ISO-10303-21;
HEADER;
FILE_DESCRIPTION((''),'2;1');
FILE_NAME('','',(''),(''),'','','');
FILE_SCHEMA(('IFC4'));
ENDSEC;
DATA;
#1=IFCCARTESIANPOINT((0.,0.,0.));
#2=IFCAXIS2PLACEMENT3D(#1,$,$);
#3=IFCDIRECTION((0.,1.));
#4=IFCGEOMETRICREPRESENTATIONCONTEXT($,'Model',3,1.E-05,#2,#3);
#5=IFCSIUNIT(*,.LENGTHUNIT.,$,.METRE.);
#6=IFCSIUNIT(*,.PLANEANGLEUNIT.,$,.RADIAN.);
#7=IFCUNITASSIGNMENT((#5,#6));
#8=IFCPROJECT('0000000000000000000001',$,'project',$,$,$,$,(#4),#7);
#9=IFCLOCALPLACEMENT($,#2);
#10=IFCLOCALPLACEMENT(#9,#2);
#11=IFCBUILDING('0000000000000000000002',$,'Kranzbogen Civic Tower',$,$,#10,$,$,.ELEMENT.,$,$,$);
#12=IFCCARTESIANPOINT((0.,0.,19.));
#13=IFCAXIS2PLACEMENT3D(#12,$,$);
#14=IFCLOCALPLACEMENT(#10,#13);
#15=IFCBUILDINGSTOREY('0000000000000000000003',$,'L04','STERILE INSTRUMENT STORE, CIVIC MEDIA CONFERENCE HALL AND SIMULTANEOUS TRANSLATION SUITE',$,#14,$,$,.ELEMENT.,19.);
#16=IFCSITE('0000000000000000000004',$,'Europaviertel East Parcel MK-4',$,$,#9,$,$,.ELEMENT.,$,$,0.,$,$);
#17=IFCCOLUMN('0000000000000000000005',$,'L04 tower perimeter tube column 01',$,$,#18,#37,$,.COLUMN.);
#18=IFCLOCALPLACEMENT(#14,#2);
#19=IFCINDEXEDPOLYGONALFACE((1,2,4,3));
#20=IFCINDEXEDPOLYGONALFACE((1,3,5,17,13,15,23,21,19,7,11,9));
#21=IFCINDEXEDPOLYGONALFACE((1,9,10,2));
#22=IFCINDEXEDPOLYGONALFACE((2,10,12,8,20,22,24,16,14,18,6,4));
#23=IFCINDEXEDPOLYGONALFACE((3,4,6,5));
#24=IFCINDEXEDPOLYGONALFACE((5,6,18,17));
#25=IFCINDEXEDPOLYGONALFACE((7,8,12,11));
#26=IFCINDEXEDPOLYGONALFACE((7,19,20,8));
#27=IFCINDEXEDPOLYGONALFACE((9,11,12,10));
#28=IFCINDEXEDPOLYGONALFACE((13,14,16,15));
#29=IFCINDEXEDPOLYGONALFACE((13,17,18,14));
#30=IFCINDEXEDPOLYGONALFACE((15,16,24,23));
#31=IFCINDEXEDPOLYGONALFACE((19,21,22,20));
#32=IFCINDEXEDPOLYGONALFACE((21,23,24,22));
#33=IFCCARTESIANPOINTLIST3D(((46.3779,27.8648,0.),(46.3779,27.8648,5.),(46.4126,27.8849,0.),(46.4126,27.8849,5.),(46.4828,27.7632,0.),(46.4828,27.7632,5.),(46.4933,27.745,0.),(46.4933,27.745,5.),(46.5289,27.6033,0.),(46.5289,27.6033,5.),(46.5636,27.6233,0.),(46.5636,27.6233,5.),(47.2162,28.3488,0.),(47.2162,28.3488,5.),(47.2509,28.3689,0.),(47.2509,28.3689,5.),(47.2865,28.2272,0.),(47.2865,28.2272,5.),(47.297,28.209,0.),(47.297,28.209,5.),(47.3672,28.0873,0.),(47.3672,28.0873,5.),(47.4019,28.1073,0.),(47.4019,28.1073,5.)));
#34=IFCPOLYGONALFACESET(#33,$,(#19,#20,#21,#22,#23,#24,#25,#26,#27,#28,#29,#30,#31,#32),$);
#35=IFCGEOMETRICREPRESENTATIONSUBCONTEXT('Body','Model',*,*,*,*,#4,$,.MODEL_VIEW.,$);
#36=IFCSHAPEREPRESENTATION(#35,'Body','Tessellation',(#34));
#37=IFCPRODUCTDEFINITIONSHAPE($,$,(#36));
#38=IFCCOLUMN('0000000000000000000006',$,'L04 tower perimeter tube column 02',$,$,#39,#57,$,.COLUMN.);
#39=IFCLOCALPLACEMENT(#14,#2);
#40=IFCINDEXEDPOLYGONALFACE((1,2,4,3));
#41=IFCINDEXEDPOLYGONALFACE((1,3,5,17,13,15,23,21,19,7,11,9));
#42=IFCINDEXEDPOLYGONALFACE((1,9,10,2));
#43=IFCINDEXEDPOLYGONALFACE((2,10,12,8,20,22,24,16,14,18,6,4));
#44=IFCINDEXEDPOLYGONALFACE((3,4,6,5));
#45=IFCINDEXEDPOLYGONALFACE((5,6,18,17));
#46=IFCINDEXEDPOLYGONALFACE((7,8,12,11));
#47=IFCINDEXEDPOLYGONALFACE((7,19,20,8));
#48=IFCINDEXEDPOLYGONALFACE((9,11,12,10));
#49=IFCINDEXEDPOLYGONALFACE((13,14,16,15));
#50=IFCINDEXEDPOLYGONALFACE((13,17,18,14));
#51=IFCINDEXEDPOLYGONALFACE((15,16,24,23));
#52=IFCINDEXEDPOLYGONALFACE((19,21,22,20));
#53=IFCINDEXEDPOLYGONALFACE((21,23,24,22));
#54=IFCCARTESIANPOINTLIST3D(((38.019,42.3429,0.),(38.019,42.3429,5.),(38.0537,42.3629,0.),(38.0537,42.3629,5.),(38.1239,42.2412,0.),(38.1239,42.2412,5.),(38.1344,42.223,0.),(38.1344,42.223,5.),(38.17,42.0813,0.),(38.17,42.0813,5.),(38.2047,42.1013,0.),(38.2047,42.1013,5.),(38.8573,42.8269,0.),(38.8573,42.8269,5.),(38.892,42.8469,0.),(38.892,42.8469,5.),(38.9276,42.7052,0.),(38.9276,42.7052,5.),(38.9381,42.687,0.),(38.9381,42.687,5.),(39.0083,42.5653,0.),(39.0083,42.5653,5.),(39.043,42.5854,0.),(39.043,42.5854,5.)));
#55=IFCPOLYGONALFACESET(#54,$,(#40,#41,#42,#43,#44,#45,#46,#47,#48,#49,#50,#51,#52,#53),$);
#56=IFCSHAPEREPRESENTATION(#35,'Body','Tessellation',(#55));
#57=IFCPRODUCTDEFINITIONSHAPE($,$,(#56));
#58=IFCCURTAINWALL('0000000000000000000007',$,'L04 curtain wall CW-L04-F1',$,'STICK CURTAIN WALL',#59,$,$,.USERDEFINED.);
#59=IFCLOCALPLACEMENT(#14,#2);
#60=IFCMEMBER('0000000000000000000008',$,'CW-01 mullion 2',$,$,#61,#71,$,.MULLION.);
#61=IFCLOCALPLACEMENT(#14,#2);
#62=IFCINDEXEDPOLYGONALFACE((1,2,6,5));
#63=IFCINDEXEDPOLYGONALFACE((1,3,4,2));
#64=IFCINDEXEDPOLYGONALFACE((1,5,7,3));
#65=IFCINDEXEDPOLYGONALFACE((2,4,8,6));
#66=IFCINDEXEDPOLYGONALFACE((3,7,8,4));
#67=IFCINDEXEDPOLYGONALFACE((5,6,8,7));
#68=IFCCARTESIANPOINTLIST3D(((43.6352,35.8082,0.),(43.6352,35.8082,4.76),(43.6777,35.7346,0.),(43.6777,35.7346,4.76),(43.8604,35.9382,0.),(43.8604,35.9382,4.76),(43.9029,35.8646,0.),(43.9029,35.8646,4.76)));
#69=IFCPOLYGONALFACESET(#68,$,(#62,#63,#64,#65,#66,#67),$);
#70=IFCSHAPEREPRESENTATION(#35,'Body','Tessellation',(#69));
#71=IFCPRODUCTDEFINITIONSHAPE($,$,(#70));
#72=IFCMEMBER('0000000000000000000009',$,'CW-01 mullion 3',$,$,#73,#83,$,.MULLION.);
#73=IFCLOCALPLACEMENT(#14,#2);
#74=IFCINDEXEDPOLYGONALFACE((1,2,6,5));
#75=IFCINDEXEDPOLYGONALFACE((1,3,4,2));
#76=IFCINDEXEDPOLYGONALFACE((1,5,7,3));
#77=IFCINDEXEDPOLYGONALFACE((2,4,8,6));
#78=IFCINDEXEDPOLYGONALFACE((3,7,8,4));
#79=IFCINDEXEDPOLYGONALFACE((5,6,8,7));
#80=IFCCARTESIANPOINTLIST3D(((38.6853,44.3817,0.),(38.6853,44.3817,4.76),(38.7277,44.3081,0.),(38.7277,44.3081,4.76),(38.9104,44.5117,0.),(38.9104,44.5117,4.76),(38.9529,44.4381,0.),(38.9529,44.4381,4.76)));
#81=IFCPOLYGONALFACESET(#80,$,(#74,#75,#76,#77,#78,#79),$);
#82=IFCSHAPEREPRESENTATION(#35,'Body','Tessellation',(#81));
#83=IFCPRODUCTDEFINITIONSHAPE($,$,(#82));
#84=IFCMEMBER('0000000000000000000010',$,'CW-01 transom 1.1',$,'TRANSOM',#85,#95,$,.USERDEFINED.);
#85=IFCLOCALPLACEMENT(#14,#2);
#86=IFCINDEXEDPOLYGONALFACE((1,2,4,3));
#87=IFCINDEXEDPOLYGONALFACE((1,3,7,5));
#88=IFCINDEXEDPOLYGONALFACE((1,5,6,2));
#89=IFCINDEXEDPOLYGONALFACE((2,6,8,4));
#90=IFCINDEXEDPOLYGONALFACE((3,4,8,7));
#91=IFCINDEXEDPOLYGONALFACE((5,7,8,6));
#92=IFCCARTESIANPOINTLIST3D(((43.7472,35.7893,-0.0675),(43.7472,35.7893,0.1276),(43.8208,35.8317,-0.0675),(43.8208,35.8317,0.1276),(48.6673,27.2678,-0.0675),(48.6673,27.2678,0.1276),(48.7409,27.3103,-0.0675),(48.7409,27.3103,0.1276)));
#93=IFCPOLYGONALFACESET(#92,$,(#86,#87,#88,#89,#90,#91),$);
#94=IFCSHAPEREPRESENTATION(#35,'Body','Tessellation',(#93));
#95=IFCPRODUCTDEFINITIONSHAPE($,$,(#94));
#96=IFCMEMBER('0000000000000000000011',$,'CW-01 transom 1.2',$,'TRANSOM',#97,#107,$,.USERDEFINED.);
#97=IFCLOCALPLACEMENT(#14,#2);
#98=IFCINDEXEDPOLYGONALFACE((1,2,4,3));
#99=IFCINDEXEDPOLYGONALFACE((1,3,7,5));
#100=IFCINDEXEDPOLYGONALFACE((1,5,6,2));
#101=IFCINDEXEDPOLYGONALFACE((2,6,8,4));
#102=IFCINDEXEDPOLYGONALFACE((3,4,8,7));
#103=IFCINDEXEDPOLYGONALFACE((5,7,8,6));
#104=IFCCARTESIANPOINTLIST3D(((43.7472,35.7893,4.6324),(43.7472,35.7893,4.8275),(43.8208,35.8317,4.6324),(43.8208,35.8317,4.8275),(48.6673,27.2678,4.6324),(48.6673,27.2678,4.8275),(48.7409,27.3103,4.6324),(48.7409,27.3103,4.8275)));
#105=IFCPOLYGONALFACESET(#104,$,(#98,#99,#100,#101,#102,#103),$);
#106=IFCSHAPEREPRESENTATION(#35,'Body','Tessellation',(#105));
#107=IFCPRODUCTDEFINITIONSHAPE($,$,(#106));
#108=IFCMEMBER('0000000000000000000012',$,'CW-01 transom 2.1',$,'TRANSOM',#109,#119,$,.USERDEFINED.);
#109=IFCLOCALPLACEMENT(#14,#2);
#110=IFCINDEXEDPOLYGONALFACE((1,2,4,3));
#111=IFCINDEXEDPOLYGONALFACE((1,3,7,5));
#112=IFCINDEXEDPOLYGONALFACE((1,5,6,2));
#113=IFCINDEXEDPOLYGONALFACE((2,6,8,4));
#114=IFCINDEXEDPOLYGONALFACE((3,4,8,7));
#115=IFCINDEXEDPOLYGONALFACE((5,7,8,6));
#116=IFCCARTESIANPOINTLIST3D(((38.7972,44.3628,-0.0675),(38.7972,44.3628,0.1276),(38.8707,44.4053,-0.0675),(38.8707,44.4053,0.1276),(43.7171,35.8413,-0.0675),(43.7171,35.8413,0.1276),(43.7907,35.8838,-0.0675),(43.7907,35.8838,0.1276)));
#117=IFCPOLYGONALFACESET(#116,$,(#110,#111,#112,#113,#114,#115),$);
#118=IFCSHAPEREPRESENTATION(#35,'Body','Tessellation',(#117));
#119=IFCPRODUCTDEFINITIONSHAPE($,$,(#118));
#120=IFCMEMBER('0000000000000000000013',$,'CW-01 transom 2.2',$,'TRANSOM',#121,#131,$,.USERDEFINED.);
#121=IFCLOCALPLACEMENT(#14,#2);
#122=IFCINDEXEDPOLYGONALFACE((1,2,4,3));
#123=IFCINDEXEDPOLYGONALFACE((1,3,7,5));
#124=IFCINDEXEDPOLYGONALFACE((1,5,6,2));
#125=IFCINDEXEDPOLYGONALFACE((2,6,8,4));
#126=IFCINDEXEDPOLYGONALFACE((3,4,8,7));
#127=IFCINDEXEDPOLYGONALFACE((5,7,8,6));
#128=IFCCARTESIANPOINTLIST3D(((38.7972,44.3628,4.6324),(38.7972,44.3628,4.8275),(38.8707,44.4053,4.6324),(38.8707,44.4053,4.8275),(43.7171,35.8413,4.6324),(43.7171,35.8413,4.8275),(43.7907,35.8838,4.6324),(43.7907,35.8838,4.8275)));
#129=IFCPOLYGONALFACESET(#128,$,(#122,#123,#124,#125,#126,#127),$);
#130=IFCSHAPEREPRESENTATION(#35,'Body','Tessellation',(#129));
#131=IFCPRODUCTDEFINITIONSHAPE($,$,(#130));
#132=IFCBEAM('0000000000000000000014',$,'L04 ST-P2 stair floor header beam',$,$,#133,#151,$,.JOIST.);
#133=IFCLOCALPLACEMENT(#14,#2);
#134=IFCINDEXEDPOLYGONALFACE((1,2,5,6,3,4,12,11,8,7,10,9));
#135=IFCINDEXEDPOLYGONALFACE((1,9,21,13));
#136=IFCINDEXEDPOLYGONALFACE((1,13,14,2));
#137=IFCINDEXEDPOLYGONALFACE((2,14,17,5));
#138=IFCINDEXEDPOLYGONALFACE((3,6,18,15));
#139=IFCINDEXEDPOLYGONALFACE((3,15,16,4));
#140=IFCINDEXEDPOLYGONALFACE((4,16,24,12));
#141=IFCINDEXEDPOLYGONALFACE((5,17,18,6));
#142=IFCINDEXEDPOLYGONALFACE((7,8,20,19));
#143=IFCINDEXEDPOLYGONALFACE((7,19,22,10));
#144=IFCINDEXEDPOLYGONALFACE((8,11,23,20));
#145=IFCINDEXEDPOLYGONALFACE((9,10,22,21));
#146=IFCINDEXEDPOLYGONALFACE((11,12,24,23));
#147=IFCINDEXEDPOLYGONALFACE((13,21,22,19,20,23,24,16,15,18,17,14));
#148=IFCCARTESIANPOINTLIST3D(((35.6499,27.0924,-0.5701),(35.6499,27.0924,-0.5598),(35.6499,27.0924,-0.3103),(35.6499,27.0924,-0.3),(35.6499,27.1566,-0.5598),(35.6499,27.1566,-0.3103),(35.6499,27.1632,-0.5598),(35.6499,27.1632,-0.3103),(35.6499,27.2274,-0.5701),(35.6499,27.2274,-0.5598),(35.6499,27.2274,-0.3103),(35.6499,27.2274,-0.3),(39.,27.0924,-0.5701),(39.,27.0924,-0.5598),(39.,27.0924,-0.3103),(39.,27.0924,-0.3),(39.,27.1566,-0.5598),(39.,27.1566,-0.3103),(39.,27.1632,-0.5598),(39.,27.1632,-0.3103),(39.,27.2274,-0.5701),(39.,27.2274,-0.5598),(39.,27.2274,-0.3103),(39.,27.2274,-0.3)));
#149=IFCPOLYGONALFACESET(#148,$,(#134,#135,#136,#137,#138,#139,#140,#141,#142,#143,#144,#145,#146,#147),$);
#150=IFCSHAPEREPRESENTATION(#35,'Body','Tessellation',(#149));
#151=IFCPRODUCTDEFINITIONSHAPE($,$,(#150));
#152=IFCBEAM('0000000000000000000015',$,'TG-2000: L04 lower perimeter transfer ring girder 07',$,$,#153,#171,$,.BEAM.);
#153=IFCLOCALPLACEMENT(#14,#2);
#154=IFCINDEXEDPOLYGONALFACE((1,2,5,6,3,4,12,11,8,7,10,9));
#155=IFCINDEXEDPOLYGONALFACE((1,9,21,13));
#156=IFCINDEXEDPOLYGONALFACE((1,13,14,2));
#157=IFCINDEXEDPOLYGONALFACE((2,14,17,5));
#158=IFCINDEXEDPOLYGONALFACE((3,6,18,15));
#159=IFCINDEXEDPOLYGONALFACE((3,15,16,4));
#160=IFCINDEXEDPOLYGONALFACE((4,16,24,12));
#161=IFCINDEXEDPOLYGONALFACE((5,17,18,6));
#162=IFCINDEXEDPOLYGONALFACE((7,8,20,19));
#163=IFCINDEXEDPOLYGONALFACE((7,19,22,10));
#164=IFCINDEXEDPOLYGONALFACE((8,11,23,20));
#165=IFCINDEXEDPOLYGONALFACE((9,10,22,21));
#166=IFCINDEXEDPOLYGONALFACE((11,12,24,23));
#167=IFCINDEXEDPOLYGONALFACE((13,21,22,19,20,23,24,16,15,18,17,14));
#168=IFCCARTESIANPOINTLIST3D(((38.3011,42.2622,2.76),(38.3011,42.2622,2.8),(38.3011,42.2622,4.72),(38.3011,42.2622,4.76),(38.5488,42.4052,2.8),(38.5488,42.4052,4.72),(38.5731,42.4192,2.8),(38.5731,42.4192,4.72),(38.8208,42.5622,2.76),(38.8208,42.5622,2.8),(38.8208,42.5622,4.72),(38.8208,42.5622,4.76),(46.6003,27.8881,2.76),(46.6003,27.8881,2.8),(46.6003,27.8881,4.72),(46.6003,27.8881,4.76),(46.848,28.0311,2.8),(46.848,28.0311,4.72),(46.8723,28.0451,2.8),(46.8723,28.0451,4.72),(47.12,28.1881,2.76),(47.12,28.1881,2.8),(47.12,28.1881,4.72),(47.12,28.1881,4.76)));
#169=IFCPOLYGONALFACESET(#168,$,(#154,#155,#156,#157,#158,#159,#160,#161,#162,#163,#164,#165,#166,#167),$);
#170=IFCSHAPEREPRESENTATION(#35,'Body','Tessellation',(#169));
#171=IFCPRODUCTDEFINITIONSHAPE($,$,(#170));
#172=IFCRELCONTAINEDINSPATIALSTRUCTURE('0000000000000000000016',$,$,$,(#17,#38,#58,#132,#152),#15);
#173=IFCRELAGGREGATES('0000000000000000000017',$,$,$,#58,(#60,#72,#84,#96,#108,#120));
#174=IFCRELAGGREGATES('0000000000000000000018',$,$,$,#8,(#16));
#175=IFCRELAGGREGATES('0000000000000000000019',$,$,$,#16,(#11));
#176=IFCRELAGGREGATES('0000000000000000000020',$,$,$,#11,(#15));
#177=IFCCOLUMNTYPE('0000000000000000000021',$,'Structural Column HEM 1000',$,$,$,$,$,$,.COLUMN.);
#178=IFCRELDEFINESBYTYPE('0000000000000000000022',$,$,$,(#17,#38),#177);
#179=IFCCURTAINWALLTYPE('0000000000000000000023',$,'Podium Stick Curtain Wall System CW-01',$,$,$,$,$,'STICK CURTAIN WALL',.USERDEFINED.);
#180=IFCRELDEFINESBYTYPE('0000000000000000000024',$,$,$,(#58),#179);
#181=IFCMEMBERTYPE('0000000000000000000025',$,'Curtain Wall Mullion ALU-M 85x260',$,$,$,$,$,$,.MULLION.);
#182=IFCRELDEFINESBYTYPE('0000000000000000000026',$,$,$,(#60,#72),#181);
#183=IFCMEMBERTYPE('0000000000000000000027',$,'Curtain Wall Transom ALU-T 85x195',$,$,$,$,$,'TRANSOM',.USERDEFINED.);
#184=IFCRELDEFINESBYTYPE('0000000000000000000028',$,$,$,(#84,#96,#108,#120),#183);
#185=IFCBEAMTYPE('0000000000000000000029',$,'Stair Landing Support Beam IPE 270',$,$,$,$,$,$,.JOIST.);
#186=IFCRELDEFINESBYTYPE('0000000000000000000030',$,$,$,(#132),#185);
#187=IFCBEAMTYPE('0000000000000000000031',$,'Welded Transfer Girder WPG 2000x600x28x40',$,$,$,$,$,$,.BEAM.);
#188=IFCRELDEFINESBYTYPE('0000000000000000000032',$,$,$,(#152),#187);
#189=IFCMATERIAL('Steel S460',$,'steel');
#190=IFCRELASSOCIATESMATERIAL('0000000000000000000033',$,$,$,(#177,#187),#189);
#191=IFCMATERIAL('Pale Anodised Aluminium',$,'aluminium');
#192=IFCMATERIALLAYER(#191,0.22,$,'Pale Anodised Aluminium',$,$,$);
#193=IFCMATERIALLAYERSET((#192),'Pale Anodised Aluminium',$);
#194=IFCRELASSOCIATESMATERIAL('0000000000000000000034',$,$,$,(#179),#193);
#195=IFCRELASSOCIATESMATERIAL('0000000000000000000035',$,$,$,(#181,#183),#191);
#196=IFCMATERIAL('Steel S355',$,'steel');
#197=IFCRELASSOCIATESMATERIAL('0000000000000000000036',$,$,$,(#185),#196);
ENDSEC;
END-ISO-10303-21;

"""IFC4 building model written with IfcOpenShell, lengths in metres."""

from ifc_helpers import new_model, si_unit, direction, frame, origin, origin_2d, place, context, subcontext, project, spatial, rectangle, i_section, extrude, material, layer, layer_set, material_profile, profile_set, type_object, element, aggregate, save


model = new_model("IFC4")

# Units and contexts
model_context = context("Model", 3, precision=1e-05, world=origin(), true_north=direction((0.0, 1.0)))
body_context = subcontext(model_context, "Body", "Model", "MODEL_VIEW")
ifc_project = project(units=[si_unit("LENGTHUNIT", "METRE"), si_unit("PLANEANGLEUNIT", "RADIAN")], contexts=[model_context])

# Site, building, storey
site_placement = place(None, origin())
site = spatial("IfcSite", under=ifc_project, at=site_placement, Name="Europaviertel East Parcel MK-4", CompositionType="ELEMENT", RefElevation=0.0)
building_placement = place(site_placement, origin())
building = spatial("IfcBuilding", under=site, at=building_placement, Name="Kranzbogen Civic Tower", CompositionType="ELEMENT")
storey_placement = place(building_placement, frame((0.0, 0.0, 19.0)))
storey = spatial("IfcBuildingStorey", under=building, at=storey_placement, Name="L04", Description="STERILE INSTRUMENT STORE, CIVIC MEDIA CONFERENCE HALL AND SIMULTANEOUS TRANSLATION SUITE", CompositionType="ELEMENT", Elevation=19.0)

# Columns
ifc_material_1 = material(Name="Steel S460", Category="steel")
ifc_material_profile_1 = material_profile(ifc_material_1, i_section(OverallWidth=0.302, OverallDepth=1.0081, WebThickness=0.021, FlangeThickness=0.04, at=origin_2d()), Name="HEM 1000")
ifc_profile_set_1 = profile_set([ifc_material_profile_1], Name="Steel S460")
column_type = type_object("IfcColumnType", Name="Structural Column HEM 1000", PredefinedType="COLUMN", material=ifc_profile_set_1)
for number, where, z_axis, x_axis, name in (
    (1, (46.8899, 27.9861, 0.0), (0.0, 0.0, 1.0), (-0.5, 0.866025, 0.0), "L04 tower perimeter tube column 01"),
    (2, (38.531, 42.4641, 0.0), (0.0, 0.0, 1.0), (-0.5, 0.866025, 0.0), "L04 tower perimeter tube column 02"),
):
    element("IfcColumn", number, at=place(storey_placement, frame(where, z_axis=z_axis, x_axis=x_axis)), inside=storey, type_object=column_type, Name=name, PredefinedType="COLUMN", context=body_context, shape_type="SweptSolid", body=[
        extrude(i_section(OverallWidth=0.302, OverallDepth=1.0081, WebThickness=0.021, FlangeThickness=0.04, at=origin_2d()), origin(), (0.0, 0.0, 1.0), 5.0),
    ])

# Curtain wall, members
ifc_material_2 = material(Name="Pale Anodised Aluminium", Category="aluminium")
ifc_layer_1 = layer(ifc_material_2, 0.22, Name="Pale Anodised Aluminium")
ifc_layer_set_1 = layer_set([ifc_layer_1], Name="Pale Anodised Aluminium")
curtain_wall_type = type_object("IfcCurtainWallType", Name="Podium Stick Curtain Wall System CW-01", ElementType="STICK CURTAIN WALL", PredefinedType="USERDEFINED", material=ifc_layer_set_1)
curtain_wall_placement = place(storey_placement, origin())
curtain_wall = element("IfcCurtainWall", 3, at=curtain_wall_placement, inside=storey, type_object=curtain_wall_type, Name="L04 curtain wall CW-L04-F1", ObjectType="STICK CURTAIN WALL", PredefinedType="USERDEFINED")
ifc_material_profile_2 = material_profile(ifc_material_2, rectangle(XDim=0.085, YDim=0.26, at=origin_2d()), Name="ALU-M 85x260")
ifc_profile_set_2 = profile_set([ifc_material_profile_2], Name="Pale Anodised Aluminium")
member_type_1 = type_object("IfcMemberType", Name="Curtain Wall Mullion ALU-M 85x260", PredefinedType="MULLION", material=ifc_profile_set_2)
member_1_placement = place(storey_placement, frame((43.769, 35.8364, 0.0), z_axis=(0.0, 0.0, 1.0), x_axis=(-0.500006, 0.866022, 0.0)))
member_1 = element("IfcMember", 4, at=member_1_placement, type_object=member_type_1, Name="CW-01 mullion 2", PredefinedType="MULLION", context=body_context, shape_type="SweptSolid", body=[
    extrude(rectangle(XDim=0.085, YDim=0.26, at=origin_2d()), origin(), (0.0, 0.0, 1.0), 4.76),
])
member_2_placement = place(storey_placement, frame((38.8191, 44.4099, 0.0), z_axis=(0.0, 0.0, 1.0), x_axis=(-0.500006, 0.866022, 0.0)))
member_2 = element("IfcMember", 5, at=member_2_placement, type_object=member_type_1, Name="CW-01 mullion 3", PredefinedType="MULLION", context=body_context, shape_type="SweptSolid", body=[
    extrude(rectangle(XDim=0.085, YDim=0.26, at=origin_2d()), origin(), (0.0, 0.0, 1.0), 4.76),
])
ifc_material_profile_3 = material_profile(ifc_material_2, rectangle(XDim=0.085, YDim=0.1951, at=origin_2d()), Name="ALU-T 85x195")
ifc_profile_set_3 = profile_set([ifc_material_profile_3], Name="Pale Anodised Aluminium")
member_type_2 = type_object("IfcMemberType", Name="Curtain Wall Transom ALU-T 85x195", ElementType="TRANSOM", PredefinedType="USERDEFINED", material=ifc_profile_set_3)
member_3_placement = place(storey_placement, frame((48.7041, 27.2891, 0.03), z_axis=(-0.500022, 0.866013, 0.0), x_axis=(-0.866013, -0.500022, 0.0)))
member_3 = element("IfcMember", 6, at=member_3_placement, type_object=member_type_2, Name="CW-01 transom 1.1", ObjectType="TRANSOM", PredefinedType="USERDEFINED", context=body_context, shape_type="SweptSolid", body=[
    extrude(rectangle(XDim=0.085, YDim=0.1951, at=origin_2d()), origin(), (0.0, 0.0, 1.0), 9.8398),
])
member_4_placement = place(storey_placement, frame((48.7041, 27.2891, 4.73), z_axis=(-0.500022, 0.866013, 0.0), x_axis=(-0.866013, -0.500022, 0.0)))
member_4 = element("IfcMember", 7, at=member_4_placement, type_object=member_type_2, Name="CW-01 transom 1.2", ObjectType="TRANSOM", PredefinedType="USERDEFINED", context=body_context, shape_type="SweptSolid", body=[
    extrude(rectangle(XDim=0.085, YDim=0.1951, at=origin_2d()), origin(), (0.0, 0.0, 1.0), 9.8398),
])
member_5_placement = place(storey_placement, frame((43.7539, 35.8625, 0.03), z_axis=(-0.500003, 0.866024, 0.0), x_axis=(-0.866024, -0.500003, 0.0)))
member_5 = element("IfcMember", 8, at=member_5_placement, type_object=member_type_2, Name="CW-01 transom 2.1", ObjectType="TRANSOM", PredefinedType="USERDEFINED", context=body_context, shape_type="SweptSolid", body=[
    extrude(rectangle(XDim=0.085, YDim=0.1951, at=origin_2d()), origin(), (0.0, 0.0, 1.0), 9.8398),
])
member_6_placement = place(storey_placement, frame((43.7539, 35.8625, 4.73), z_axis=(-0.500003, 0.866024, 0.0), x_axis=(-0.866024, -0.500003, 0.0)))
member_6 = element("IfcMember", 9, at=member_6_placement, type_object=member_type_2, Name="CW-01 transom 2.2", ObjectType="TRANSOM", PredefinedType="USERDEFINED", context=body_context, shape_type="SweptSolid", body=[
    extrude(rectangle(XDim=0.085, YDim=0.1951, at=origin_2d()), origin(), (0.0, 0.0, 1.0), 9.8398),
])

# Beams
ifc_material_3 = material(Name="Steel S355", Category="steel")
ifc_material_profile_4 = material_profile(ifc_material_3, i_section(OverallWidth=0.135, OverallDepth=0.27, WebThickness=0.0066, FlangeThickness=0.0103, at=origin_2d()), Name="IPE 270")
ifc_profile_set_4 = profile_set([ifc_material_profile_4], Name="Steel S355")
beam_type_1 = type_object("IfcBeamType", Name="Stair Landing Support Beam IPE 270", PredefinedType="JOIST", material=ifc_profile_set_4)
beam_1_placement = place(storey_placement, frame((35.6499, 27.1599, -0.4351), z_axis=(1.0, 0.0, 0.0), x_axis=(0.0, 1.0, 0.0)))
element("IfcBeam", 10, at=beam_1_placement, inside=storey, type_object=beam_type_1, Name="L04 ST-P2 stair floor header beam", PredefinedType="JOIST", context=body_context, shape_type="SweptSolid", body=[
    extrude(i_section(OverallWidth=0.135, OverallDepth=0.27, WebThickness=0.0066, FlangeThickness=0.0103, at=origin_2d()), origin(), (0.0, 0.0, 1.0), 3.3501),
])
ifc_material_profile_5 = material_profile(ifc_material_1, i_section(OverallWidth=0.6001, OverallDepth=2.0, WebThickness=0.0281, FlangeThickness=0.04, at=origin_2d()), Name="WPG 2000x600x28x40")
ifc_profile_set_5 = profile_set([ifc_material_profile_5], Name="Steel S460")
beam_type_2 = type_object("IfcBeamType", Name="Welded Transfer Girder WPG 2000x600x28x40", PredefinedType="BEAM", material=ifc_profile_set_5)
beam_2_placement = place(storey_placement, frame((46.8601, 28.0381, 3.76), z_axis=(-0.50001, 0.86602, 0.0), x_axis=(-0.86602, -0.50001, 0.0)))
element("IfcBeam", 11, at=beam_2_placement, inside=storey, type_object=beam_type_2, Name="TG-2000: L04 lower perimeter transfer ring girder 07", PredefinedType="BEAM", context=body_context, shape_type="SweptSolid", body=[
    extrude(i_section(OverallWidth=0.6001, OverallDepth=2.0, WebThickness=0.0281, FlangeThickness=0.04, at=origin_2d()), origin(), (0.0, 0.0, 1.0), 16.5979),
])

aggregate(curtain_wall, [member_1, member_2, member_3, member_4, member_5, member_6])

save(model, "model.ifc")
